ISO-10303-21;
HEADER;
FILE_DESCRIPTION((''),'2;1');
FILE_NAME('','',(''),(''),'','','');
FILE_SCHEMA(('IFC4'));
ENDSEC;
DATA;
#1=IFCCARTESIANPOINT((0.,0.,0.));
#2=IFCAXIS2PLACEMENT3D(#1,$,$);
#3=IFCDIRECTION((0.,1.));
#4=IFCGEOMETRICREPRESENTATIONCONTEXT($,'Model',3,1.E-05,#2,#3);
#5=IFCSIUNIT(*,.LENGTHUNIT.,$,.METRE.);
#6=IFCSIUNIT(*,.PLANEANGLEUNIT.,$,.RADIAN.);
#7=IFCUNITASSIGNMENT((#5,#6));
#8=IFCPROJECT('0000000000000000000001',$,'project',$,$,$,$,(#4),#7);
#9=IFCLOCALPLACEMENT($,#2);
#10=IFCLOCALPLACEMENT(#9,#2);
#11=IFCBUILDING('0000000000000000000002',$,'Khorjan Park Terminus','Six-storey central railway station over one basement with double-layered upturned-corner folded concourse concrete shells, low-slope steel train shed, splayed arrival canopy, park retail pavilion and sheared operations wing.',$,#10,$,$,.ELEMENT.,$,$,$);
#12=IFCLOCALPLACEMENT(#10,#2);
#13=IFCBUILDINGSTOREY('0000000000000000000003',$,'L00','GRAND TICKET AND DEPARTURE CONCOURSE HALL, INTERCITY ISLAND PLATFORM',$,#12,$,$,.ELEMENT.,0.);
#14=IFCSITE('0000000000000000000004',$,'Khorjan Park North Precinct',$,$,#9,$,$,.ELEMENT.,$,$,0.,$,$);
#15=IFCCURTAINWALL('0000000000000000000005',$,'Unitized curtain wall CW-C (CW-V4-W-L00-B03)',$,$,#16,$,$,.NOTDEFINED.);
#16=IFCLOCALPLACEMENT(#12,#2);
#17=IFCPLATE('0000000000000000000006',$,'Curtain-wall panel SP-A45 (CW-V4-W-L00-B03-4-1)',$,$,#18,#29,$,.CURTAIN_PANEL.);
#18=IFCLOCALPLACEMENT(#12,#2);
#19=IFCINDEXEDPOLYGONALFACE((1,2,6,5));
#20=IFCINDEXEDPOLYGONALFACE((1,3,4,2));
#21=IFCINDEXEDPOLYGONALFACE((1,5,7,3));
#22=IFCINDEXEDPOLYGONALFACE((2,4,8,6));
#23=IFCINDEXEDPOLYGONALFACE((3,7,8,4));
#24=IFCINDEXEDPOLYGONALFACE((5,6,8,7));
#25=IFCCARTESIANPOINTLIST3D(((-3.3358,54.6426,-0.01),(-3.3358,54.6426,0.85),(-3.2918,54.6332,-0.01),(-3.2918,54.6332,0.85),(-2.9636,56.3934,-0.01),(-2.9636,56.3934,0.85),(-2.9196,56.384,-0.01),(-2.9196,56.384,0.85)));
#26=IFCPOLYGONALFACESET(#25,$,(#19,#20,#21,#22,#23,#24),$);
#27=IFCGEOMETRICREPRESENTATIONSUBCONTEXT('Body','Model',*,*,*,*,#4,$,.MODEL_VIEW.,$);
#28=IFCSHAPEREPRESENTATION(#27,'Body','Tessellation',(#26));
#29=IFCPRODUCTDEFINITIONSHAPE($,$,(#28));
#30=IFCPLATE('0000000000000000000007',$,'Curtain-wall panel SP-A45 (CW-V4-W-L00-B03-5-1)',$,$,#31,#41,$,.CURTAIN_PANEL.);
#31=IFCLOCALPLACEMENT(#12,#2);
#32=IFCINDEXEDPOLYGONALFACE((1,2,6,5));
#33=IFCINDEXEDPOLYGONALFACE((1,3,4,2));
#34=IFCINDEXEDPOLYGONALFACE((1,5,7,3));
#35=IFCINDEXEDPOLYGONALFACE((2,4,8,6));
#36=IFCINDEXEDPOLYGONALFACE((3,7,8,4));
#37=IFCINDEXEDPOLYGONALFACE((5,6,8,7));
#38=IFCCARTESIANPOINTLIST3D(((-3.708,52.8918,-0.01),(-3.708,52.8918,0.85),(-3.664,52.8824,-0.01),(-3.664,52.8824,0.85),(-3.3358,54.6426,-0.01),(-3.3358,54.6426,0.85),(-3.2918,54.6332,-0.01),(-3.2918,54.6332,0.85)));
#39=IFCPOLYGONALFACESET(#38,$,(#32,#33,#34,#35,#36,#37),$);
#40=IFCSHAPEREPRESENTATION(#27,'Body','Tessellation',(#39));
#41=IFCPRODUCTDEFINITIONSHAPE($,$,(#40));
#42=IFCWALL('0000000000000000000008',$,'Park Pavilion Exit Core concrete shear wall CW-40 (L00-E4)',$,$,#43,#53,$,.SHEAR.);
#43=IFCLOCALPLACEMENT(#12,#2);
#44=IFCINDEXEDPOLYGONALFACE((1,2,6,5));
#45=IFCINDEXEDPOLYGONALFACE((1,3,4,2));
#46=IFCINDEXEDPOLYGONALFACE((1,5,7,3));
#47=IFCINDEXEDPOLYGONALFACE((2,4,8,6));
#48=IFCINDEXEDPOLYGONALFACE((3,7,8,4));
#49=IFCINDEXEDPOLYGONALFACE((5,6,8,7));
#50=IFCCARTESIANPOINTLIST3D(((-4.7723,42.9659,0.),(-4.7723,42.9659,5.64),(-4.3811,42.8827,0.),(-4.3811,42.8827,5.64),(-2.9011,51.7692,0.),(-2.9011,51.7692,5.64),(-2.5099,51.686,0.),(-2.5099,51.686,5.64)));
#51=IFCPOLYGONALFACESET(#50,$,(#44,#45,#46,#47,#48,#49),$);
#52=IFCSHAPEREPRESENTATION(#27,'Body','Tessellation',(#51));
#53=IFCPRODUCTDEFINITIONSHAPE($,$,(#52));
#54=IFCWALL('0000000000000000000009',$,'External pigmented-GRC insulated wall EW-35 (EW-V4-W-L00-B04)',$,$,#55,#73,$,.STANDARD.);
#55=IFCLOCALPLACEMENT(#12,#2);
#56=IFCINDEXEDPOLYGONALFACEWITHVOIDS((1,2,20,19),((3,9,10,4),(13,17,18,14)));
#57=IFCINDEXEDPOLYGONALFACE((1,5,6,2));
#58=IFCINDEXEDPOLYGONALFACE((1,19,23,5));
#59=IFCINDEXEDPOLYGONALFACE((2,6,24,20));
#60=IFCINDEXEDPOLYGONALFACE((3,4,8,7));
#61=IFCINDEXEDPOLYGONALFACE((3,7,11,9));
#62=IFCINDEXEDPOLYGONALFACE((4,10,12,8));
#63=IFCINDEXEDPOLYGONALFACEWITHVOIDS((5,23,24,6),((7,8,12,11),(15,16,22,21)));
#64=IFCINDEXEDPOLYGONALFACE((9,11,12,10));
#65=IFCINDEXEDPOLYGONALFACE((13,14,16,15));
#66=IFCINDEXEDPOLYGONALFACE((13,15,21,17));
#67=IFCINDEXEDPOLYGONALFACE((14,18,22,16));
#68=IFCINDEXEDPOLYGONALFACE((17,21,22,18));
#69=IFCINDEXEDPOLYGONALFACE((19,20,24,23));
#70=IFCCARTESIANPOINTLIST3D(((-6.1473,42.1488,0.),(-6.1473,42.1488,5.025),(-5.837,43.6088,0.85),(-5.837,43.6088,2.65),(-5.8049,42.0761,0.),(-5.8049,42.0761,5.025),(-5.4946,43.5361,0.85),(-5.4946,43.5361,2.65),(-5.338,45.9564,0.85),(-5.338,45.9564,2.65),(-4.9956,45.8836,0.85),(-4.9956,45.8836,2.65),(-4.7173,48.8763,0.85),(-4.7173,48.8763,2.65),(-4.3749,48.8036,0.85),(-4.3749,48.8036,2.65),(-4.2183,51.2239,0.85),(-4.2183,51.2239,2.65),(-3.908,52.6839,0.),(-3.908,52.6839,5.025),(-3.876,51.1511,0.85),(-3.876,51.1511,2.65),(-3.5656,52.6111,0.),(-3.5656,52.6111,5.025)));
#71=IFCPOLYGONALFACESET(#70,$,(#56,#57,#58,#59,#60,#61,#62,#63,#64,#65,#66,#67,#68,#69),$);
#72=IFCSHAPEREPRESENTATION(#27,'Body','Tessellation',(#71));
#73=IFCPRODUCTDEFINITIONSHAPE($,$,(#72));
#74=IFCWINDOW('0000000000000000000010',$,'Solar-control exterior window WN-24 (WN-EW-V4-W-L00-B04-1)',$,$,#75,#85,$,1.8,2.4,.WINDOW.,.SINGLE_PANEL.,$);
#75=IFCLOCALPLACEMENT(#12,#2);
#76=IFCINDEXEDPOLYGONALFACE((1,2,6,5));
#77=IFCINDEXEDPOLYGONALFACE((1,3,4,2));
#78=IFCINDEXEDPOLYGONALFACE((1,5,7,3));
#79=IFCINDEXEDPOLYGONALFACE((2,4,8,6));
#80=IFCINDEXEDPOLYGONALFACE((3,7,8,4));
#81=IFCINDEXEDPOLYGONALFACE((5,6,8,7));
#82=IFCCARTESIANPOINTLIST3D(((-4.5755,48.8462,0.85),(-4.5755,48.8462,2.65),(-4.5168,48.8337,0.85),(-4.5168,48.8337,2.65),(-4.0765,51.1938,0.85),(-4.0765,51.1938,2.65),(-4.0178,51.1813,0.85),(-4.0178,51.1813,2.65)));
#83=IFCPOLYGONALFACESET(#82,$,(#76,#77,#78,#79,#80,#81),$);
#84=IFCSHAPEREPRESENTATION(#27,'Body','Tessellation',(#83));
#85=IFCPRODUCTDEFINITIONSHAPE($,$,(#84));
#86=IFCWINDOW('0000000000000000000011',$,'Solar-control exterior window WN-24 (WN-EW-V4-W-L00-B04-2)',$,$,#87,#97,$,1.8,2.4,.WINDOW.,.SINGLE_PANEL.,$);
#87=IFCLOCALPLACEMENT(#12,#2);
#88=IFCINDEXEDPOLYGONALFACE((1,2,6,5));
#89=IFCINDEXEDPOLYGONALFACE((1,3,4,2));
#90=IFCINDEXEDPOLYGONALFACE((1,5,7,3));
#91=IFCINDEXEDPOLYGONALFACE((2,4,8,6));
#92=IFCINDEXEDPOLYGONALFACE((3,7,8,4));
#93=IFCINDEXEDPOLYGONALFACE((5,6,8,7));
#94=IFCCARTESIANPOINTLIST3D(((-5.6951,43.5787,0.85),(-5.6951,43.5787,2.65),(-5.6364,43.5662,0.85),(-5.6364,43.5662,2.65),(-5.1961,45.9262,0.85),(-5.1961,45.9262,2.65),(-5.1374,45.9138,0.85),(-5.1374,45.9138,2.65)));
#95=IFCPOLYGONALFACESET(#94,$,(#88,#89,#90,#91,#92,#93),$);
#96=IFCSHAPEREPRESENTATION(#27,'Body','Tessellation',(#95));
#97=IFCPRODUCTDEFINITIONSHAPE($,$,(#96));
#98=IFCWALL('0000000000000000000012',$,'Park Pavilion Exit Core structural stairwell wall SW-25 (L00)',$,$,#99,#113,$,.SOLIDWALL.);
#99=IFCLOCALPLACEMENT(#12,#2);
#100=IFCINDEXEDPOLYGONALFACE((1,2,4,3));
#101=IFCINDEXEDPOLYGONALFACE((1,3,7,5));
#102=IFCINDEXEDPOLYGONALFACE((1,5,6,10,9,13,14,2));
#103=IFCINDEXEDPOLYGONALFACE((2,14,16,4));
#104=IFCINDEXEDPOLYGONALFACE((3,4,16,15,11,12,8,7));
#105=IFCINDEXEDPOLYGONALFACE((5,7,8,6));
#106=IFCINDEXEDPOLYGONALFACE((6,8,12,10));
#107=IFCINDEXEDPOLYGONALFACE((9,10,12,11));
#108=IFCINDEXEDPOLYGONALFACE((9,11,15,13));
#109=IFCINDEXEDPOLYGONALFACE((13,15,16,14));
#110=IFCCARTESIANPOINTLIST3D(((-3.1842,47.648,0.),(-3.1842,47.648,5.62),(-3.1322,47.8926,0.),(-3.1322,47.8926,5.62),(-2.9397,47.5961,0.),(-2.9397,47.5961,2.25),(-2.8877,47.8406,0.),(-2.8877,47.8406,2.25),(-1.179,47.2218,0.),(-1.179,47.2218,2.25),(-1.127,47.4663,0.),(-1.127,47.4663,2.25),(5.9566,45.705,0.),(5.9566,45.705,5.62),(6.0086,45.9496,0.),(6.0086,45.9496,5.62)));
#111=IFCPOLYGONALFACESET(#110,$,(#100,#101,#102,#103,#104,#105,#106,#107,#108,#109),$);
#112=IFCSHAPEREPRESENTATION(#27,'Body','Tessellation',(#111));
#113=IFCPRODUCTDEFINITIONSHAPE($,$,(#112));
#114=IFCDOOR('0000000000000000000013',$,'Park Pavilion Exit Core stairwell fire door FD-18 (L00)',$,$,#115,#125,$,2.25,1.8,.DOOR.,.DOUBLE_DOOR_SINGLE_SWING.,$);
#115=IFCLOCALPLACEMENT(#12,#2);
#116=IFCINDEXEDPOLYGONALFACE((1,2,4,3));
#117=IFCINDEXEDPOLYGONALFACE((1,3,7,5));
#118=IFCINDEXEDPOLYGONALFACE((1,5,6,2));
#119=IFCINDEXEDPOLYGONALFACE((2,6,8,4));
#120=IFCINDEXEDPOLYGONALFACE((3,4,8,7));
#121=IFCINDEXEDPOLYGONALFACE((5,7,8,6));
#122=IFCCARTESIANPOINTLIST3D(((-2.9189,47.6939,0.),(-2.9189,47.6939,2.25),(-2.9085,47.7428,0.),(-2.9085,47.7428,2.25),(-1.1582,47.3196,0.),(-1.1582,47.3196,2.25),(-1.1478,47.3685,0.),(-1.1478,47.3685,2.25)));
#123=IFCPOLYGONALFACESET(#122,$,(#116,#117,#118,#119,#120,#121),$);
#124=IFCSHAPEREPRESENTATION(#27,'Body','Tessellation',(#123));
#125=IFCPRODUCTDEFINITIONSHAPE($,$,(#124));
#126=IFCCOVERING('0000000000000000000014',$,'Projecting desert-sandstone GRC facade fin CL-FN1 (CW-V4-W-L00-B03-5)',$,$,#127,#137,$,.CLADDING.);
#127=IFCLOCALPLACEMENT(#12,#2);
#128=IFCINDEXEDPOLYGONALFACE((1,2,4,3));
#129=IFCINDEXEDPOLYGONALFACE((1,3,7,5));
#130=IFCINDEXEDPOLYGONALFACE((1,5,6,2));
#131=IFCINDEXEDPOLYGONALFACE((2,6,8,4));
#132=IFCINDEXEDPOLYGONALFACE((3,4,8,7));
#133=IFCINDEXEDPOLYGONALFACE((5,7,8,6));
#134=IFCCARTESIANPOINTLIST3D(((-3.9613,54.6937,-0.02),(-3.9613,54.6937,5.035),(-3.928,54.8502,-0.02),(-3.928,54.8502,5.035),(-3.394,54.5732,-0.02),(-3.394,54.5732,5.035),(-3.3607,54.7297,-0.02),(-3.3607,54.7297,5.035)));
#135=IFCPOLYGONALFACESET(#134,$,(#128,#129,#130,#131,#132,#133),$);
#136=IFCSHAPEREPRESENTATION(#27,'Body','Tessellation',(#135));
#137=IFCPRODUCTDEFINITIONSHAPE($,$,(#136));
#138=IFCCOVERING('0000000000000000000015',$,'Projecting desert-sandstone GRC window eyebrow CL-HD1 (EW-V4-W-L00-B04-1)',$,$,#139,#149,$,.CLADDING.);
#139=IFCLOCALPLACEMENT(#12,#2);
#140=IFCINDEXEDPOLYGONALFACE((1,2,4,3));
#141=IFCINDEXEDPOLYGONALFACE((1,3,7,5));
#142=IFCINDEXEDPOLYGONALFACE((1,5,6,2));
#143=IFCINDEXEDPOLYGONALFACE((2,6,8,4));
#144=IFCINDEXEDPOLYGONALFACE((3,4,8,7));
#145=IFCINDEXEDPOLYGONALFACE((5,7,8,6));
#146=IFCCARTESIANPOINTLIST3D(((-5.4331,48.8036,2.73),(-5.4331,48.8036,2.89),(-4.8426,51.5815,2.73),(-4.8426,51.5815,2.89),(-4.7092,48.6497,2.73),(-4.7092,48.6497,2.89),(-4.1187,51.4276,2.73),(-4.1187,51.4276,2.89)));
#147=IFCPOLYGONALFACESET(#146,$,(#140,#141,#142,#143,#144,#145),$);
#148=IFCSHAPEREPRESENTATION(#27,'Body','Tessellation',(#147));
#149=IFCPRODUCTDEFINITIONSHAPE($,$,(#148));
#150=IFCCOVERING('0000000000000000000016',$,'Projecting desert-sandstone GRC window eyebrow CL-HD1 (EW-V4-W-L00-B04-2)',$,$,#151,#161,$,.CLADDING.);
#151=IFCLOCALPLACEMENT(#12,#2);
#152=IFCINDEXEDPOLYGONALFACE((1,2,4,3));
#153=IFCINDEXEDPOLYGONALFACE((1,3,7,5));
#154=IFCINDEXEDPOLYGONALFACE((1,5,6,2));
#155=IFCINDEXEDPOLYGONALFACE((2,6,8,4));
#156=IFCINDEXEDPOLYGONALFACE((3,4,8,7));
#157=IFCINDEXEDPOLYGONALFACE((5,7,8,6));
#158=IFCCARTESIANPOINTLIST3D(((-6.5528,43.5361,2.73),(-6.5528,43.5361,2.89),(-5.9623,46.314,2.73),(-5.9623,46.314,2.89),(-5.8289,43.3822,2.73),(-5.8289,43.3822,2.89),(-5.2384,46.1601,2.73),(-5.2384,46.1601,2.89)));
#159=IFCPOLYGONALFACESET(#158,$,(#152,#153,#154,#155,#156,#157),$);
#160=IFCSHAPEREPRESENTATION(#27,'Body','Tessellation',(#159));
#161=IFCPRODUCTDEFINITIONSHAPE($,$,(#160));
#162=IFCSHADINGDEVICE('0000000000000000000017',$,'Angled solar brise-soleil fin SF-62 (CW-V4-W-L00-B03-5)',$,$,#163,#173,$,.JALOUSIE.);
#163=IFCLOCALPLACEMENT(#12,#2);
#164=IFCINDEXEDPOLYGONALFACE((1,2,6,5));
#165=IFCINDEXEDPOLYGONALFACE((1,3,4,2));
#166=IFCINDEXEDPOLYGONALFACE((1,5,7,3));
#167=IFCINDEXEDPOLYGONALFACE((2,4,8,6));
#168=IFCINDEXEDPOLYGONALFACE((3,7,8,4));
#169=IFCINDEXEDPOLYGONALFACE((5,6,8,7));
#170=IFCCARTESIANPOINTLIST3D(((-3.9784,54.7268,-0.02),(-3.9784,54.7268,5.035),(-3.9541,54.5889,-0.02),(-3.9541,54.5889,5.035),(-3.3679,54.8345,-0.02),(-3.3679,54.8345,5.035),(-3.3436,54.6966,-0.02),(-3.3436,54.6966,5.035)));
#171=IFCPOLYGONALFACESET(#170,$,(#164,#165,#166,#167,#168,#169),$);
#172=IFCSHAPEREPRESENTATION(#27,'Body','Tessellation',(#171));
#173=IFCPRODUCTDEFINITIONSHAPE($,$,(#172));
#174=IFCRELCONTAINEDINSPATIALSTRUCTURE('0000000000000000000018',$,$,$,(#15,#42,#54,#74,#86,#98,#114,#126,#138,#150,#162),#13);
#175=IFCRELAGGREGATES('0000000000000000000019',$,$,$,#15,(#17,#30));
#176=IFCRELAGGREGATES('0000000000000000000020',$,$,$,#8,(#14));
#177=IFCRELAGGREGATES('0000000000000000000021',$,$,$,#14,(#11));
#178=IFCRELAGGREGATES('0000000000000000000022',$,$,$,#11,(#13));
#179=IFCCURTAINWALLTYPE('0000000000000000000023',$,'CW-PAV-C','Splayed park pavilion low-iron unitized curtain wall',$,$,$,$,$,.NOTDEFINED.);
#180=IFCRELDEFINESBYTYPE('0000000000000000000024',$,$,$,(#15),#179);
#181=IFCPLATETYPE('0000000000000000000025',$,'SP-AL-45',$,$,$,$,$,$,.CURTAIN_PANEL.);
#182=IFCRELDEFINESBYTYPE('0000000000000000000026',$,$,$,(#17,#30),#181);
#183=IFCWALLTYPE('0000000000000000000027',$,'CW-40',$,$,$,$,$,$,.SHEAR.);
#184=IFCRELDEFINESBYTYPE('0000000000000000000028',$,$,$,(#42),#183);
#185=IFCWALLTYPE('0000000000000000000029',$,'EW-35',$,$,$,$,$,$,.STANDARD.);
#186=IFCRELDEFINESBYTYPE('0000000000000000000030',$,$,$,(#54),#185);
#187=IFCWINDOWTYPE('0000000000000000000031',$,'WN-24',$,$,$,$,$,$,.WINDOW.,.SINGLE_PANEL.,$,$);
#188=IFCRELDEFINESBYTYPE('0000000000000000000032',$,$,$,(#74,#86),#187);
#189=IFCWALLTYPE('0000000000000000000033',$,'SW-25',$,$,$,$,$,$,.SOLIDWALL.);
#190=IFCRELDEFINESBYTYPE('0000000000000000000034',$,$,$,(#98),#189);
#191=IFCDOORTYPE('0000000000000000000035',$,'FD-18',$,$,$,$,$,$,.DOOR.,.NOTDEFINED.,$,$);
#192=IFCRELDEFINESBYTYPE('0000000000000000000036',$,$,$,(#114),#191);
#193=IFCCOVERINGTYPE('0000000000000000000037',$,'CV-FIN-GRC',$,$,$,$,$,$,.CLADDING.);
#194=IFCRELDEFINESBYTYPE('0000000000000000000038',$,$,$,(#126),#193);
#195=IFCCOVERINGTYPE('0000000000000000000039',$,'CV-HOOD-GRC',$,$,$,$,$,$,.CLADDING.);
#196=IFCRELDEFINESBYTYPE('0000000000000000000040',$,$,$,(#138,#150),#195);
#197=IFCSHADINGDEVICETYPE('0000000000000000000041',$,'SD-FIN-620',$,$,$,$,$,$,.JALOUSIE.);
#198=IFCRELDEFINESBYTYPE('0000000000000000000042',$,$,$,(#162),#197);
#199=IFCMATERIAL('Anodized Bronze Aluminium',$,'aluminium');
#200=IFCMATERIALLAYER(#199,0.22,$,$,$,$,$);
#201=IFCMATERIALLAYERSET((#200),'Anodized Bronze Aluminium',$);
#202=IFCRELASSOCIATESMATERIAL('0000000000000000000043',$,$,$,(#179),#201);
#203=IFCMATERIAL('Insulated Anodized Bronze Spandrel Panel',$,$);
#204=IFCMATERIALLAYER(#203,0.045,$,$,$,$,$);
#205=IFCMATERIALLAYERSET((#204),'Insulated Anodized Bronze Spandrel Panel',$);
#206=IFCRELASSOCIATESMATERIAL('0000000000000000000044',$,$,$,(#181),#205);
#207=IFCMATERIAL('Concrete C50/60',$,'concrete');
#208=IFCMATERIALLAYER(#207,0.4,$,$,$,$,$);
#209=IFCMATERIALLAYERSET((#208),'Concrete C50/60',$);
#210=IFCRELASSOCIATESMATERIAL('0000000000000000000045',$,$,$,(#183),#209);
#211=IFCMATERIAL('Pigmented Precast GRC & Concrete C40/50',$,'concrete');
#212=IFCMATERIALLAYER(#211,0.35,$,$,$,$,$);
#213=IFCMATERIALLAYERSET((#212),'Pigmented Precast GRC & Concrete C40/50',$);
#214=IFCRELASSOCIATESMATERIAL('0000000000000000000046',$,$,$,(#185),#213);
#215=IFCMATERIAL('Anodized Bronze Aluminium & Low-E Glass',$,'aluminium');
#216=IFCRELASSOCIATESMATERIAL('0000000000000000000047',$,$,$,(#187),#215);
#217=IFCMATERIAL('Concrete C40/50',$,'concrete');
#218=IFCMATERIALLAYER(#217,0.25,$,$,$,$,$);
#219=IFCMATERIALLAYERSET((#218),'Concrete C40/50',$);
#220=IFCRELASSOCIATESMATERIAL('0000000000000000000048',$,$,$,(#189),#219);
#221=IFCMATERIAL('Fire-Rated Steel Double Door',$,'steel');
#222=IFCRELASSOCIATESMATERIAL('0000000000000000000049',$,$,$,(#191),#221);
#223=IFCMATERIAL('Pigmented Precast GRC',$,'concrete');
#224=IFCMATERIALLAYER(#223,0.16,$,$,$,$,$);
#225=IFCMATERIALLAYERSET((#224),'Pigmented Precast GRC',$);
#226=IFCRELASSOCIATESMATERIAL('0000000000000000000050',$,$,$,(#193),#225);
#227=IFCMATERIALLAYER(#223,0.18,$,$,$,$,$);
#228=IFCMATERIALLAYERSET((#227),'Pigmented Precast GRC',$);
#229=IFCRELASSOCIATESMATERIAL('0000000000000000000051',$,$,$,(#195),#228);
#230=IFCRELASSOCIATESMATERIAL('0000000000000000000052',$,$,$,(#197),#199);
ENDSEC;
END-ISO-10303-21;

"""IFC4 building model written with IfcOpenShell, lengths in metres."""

from ifc_helpers import new_model, si_unit, direction, frame, frame_2d, origin, origin_2d, place, context, subcontext, project, spatial, rectangle, extrude, material, layer, layer_set, type_object, element, fill, aggregate, save


model = new_model("IFC4")

# Units and contexts
model_context = context("Model", 3, precision=1e-05, world=origin(), true_north=direction((0.0, 1.0)))
body_context = subcontext(model_context, "Body", "Model", "MODEL_VIEW")
ifc_project = project(units=[si_unit("LENGTHUNIT", "METRE"), si_unit("PLANEANGLEUNIT", "RADIAN")], contexts=[model_context])

# Site, building, storey
site_placement = place(None, origin())
site = spatial("IfcSite", under=ifc_project, at=site_placement, Name="Khorjan Park North Precinct", CompositionType="ELEMENT", RefElevation=0.0)
building_placement = place(site_placement, origin())
building = spatial("IfcBuilding", under=site, at=building_placement, Name="Khorjan Park Terminus", Description="Six-storey central railway station over one basement with double-layered upturned-corner folded concourse concrete shells, low-slope steel train shed, splayed arrival canopy, park retail pavilion and sheared operations wing.", CompositionType="ELEMENT")
storey_placement = place(building_placement, origin())
storey = spatial("IfcBuildingStorey", under=building, at=storey_placement, Name="L00", Description="GRAND TICKET AND DEPARTURE CONCOURSE HALL, INTERCITY ISLAND PLATFORM", CompositionType="ELEMENT", Elevation=0.0)

# Curtain wall, plates
ifc_material_1 = material(Name="Anodized Bronze Aluminium", Category="aluminium")
ifc_layer_1 = layer(ifc_material_1, 0.22)
ifc_layer_set_1 = layer_set([ifc_layer_1], Name="Anodized Bronze Aluminium")
curtain_wall_type = type_object("IfcCurtainWallType", Name="CW-PAV-C", Description="Splayed park pavilion low-iron unitized curtain wall", PredefinedType="NOTDEFINED", material=ifc_layer_set_1)
curtain_wall_placement = place(storey_placement, origin())
curtain_wall = element("IfcCurtainWall", 1, at=curtain_wall_placement, inside=storey, type_object=curtain_wall_type, Name="Unitized curtain wall CW-C (CW-V4-W-L00-B03)", PredefinedType="NOTDEFINED")
ifc_material_2 = material(Name="Insulated Anodized Bronze Spandrel Panel")
ifc_layer_2 = layer(ifc_material_2, 0.045)
ifc_layer_set_2 = layer_set([ifc_layer_2], Name="Insulated Anodized Bronze Spandrel Panel")
plate_type_1 = type_object("IfcPlateType", Name="SP-AL-45", PredefinedType="CURTAIN_PANEL", material=ifc_layer_set_2)
plate_1_placement = place(storey_placement, frame((-3.1277, 55.5133, -0.01), z_axis=(0.0, 0.0, 1.0), x_axis=(-0.207917, -0.978147, 0.0)))
plate_1 = element("IfcPlate", 2, at=plate_1_placement, type_object=plate_type_1, Name="Curtain-wall panel SP-A45 (CW-V4-W-L00-B03-4-1)", PredefinedType="CURTAIN_PANEL", context=body_context, shape_type="SweptSolid", body=[
    extrude(rectangle(XDim=1.7899, YDim=0.045, at=origin_2d()), origin(), (0.0, 0.0, 1.0), 0.86),
])
plate_2_placement = place(storey_placement, frame((-3.4999, 53.7625, -0.01), z_axis=(0.0, 0.0, 1.0), x_axis=(-0.207917, -0.978147, 0.0)))
plate_2 = element("IfcPlate", 3, at=plate_2_placement, type_object=plate_type_1, Name="Curtain-wall panel SP-A45 (CW-V4-W-L00-B03-5-1)", PredefinedType="CURTAIN_PANEL", context=body_context, shape_type="SweptSolid", body=[
    extrude(rectangle(XDim=1.7899, YDim=0.045, at=origin_2d()), origin(), (0.0, 0.0, 1.0), 0.86),
])
aggregate(curtain_wall, [plate_1, plate_2])

# Wall
ifc_material_3 = material(Name="Concrete C50/60", Category="concrete")
ifc_layer_3 = layer(ifc_material_3, 0.4)
ifc_layer_set_3 = layer_set([ifc_layer_3], Name="Concrete C50/60")
wall_type_1 = type_object("IfcWallType", Name="CW-40", PredefinedType="SHEAR", material=ifc_layer_set_3)
wall_1_placement = place(storey_placement, frame((-2.7055, 51.7276, 0.0), z_axis=(0.0, 0.0, 1.0), x_axis=(-0.207912, -0.978148, 0.0)))
element("IfcWall", 4, at=wall_1_placement, inside=storey, type_object=wall_type_1, Name="Park Pavilion Exit Core concrete shear wall CW-40 (L00-E4)", PredefinedType="SHEAR", context=body_context, shape_type="SweptSolid", body=[
    extrude(rectangle(XDim=9.0, YDim=0.4, at=frame_2d((4.5, 0.0))), origin(), (0.0, 0.0, 1.0), 5.64),
])

# Wall, openings, windows
ifc_material_4 = material(Name="Pigmented Precast GRC & Concrete C40/50", Category="concrete")
ifc_layer_4 = layer(ifc_material_4, 0.35)
ifc_layer_set_4 = layer_set([ifc_layer_4], Name="Pigmented Precast GRC & Concrete C40/50")
wall_type_2 = type_object("IfcWallType", Name="EW-35", PredefinedType="STANDARD", material=ifc_layer_set_4)
wall_2_placement = place(storey_placement, frame((-3.7368, 52.6475, 0.0), z_axis=(0.0, 0.0, 1.0), x_axis=(-0.207913, -0.978147, 0.0)))
wall_2 = element("IfcWall", 5, at=wall_2_placement, inside=storey, type_object=wall_type_2, Name="External pigmented-GRC insulated wall EW-35 (EW-V4-W-L00-B04)", PredefinedType="STANDARD", context=body_context, shape_type="SweptSolid", body=[
    extrude(rectangle(XDim=10.7704, YDim=0.35, at=frame_2d((5.3852, 0.0))), origin(), (0.0, 0.0, 1.0), 5.025),
])
opening_1_placement = place(wall_2_placement, frame((1.4926, 0.0, 0.85)))
opening_1 = element("IfcOpeningElement", 6, at=opening_1_placement, cuts=wall_2, PredefinedType="OPENING", context=body_context, shape_type="SweptSolid", body=[
    extrude(rectangle(XDim=2.4, YDim=1.8, at=frame_2d((1.2, 0.9))), frame((0.0, 0.185, 0.0), z_axis=(0.0, -1.0, 0.0), x_axis=(1.0, 0.0, 0.0)), (0.0, 0.0, 1.0), 0.37),
])
opening_2_placement = place(wall_2_placement, frame((6.8778, 0.0, 0.85)))
opening_2 = element("IfcOpeningElement", 7, at=opening_2_placement, cuts=wall_2, PredefinedType="OPENING", context=body_context, shape_type="SweptSolid", body=[
    extrude(rectangle(XDim=2.4, YDim=1.8, at=frame_2d((1.2, 0.9))), frame((0.0, 0.185, 0.0), z_axis=(0.0, -1.0, 0.0), x_axis=(1.0, 0.0, 0.0)), (0.0, 0.0, 1.0), 0.37),
])
ifc_material_5 = material(Name="Anodized Bronze Aluminium & Low-E Glass", Category="aluminium")
window_type = type_object("IfcWindowType", Name="WN-24", PartitioningType="SINGLE_PANEL", PredefinedType="WINDOW", material=ifc_material_5)
window_1_placement = place(opening_1_placement, origin())
window_1 = element("IfcWindow", 8, at=window_1_placement, inside=storey, type_object=window_type, Name="Solar-control exterior window WN-24 (WN-EW-V4-W-L00-B04-1)", OverallHeight=1.8, OverallWidth=2.4, PartitioningType="SINGLE_PANEL", PredefinedType="WINDOW", context=body_context, shape_type="SweptSolid", body=[
    extrude(rectangle(XDim=2.4, YDim=1.8, at=frame_2d((1.2, 0.9))), frame((0.0, 0.03, 0.0), z_axis=(0.0, -1.0, 0.0), x_axis=(1.0, 0.0, 0.0)), (0.0, 0.0, 1.0), 0.06),
])
fill(opening_1, window_1)
window_2_placement = place(opening_2_placement, origin())
window_2 = element("IfcWindow", 9, at=window_2_placement, inside=storey, type_object=window_type, Name="Solar-control exterior window WN-24 (WN-EW-V4-W-L00-B04-2)", OverallHeight=1.8, OverallWidth=2.4, PartitioningType="SINGLE_PANEL", PredefinedType="WINDOW", context=body_context, shape_type="SweptSolid", body=[
    extrude(rectangle(XDim=2.4, YDim=1.8, at=frame_2d((1.2, 0.9))), frame((0.0, 0.03, 0.0), z_axis=(0.0, -1.0, 0.0), x_axis=(1.0, 0.0, 0.0)), (0.0, 0.0, 1.0), 0.06),
])
fill(opening_2, window_2)

# Wall, opening, door
ifc_material_6 = material(Name="Concrete C40/50", Category="concrete")
ifc_layer_5 = layer(ifc_material_6, 0.25)
ifc_layer_set_5 = layer_set([ifc_layer_5], Name="Concrete C40/50")
wall_type_3 = type_object("IfcWallType", Name="SW-25", PredefinedType="SOLIDWALL", material=ifc_layer_set_5)
wall_3_placement = place(storey_placement, frame((-3.1582, 47.7703, 0.0), z_axis=(0.0, 0.0, 1.0), x_axis=(0.978146, -0.207918, 0.0)))
wall_3 = element("IfcWall", 10, at=wall_3_placement, inside=storey, type_object=wall_type_3, Name="Park Pavilion Exit Core structural stairwell wall SW-25 (L00)", PredefinedType="SOLIDWALL", context=body_context, shape_type="SweptSolid", body=[
    extrude(rectangle(XDim=9.345, YDim=0.25, at=frame_2d((4.6725, 0.0))), origin(), (0.0, 0.0, 1.0), 5.62),
])
opening_3_placement = place(wall_3_placement, frame((0.25, 0.0, 0.0)))
opening_3 = element("IfcOpeningElement", 11, at=opening_3_placement, cuts=wall_3, PredefinedType="OPENING", context=body_context, shape_type="SweptSolid", body=[
    extrude(rectangle(XDim=1.8, YDim=2.25, at=frame_2d((0.9, 1.125))), frame((0.0, 0.135, 0.0), z_axis=(0.0, -1.0, 0.0), x_axis=(1.0, 0.0, 0.0)), (0.0, 0.0, 1.0), 0.27),
])
ifc_material_7 = material(Name="Fire-Rated Steel Double Door", Category="steel")
door_type = type_object("IfcDoorType", Name="FD-18", OperationType="NOTDEFINED", PredefinedType="DOOR", material=ifc_material_7)
door_placement = place(opening_3_placement, origin())
door = element("IfcDoor", 12, at=door_placement, inside=storey, type_object=door_type, Name="Park Pavilion Exit Core stairwell fire door FD-18 (L00)", OperationType="DOUBLE_DOOR_SINGLE_SWING", OverallHeight=2.25, OverallWidth=1.8, PredefinedType="DOOR", context=body_context, shape_type="SweptSolid", body=[
    extrude(rectangle(XDim=1.8, YDim=2.25, at=frame_2d((0.9, 1.125))), frame((0.0, 0.025, 0.0), z_axis=(0.0, -1.0, 0.0), x_axis=(1.0, 0.0, 0.0)), (0.0, 0.0, 1.0), 0.05),
])
fill(opening_3, door)

# Coverings
ifc_material_8 = material(Name="Pigmented Precast GRC", Category="concrete")
ifc_layer_6 = layer(ifc_material_8, 0.16)
ifc_layer_set_6 = layer_set([ifc_layer_6], Name="Pigmented Precast GRC")
covering_type_1 = type_object("IfcCoveringType", Name="CV-FIN-GRC", PredefinedType="CLADDING", material=ifc_layer_set_6)
covering_placement = place(storey_placement, frame((-3.661, 54.7117, -0.02), z_axis=(0.0, 0.0, 1.0), x_axis=(0.978148, -0.207912, 0.0)))
element("IfcCovering", 13, at=covering_placement, inside=storey, type_object=covering_type_1, Name="Projecting desert-sandstone GRC facade fin CL-FN1 (CW-V4-W-L00-B03-5)", PredefinedType="CLADDING", context=body_context, shape_type="SweptSolid", body=[
    extrude(rectangle(XDim=0.58, YDim=0.16, at=origin_2d()), origin(), (0.0, 0.0, 1.0), 5.055),
])
ifc_layer_7 = layer(ifc_material_8, 0.18)
ifc_layer_set_7 = layer_set([ifc_layer_7], Name="Pigmented Precast GRC")
covering_type_2 = type_object("IfcCoveringType", Name="CV-HOOD-GRC", PredefinedType="CLADDING", material=ifc_layer_set_7)
for number, where, z_axis, x_axis, name in (
    (14, (-4.7759, 50.1156, 2.73), (0.0, 0.0, 1.0), (-0.207913, -0.978147, 0.0), "Projecting desert-sandstone GRC window eyebrow CL-HD1 (EW-V4-W-L00-B04-1)"),
    (15, (-5.8956, 44.8481, 2.73), (0.0, 0.0, 1.0), (-0.207913, -0.978147, 0.0), "Projecting desert-sandstone GRC window eyebrow CL-HD1 (EW-V4-W-L00-B04-2)"),
):
    element("IfcCovering", number, at=place(storey_placement, frame(where, z_axis=z_axis, x_axis=x_axis)), inside=storey, type_object=covering_type_2, Name=name, PredefinedType="CLADDING", context=body_context, shape_type="SweptSolid", body=[
        extrude(rectangle(XDim=2.84, YDim=0.74, at=origin_2d()), origin(), (0.0, 0.0, 1.0), 0.16),
    ])

# Shading device
shading_device_type_1 = type_object("IfcShadingDeviceType", Name="SD-FIN-620", PredefinedType="JALOUSIE", material=ifc_material_1)
shading_device_placement = place(storey_placement, frame((-3.661, 54.7117, -0.02), z_axis=(0.0, 0.0, 1.0), x_axis=(0.984808, 0.173648, 0.0)))
element("IfcShadingDevice", 16, at=shading_device_placement, inside=storey, type_object=shading_device_type_1, Name="Angled solar brise-soleil fin SF-62 (CW-V4-W-L00-B03-5)", PredefinedType="JALOUSIE", context=body_context, shape_type="SweptSolid", body=[
    extrude(rectangle(XDim=0.62, YDim=0.14, at=origin_2d()), origin(), (0.0, 0.0, 1.0), 5.055),
])

save(model, "model.ifc")
